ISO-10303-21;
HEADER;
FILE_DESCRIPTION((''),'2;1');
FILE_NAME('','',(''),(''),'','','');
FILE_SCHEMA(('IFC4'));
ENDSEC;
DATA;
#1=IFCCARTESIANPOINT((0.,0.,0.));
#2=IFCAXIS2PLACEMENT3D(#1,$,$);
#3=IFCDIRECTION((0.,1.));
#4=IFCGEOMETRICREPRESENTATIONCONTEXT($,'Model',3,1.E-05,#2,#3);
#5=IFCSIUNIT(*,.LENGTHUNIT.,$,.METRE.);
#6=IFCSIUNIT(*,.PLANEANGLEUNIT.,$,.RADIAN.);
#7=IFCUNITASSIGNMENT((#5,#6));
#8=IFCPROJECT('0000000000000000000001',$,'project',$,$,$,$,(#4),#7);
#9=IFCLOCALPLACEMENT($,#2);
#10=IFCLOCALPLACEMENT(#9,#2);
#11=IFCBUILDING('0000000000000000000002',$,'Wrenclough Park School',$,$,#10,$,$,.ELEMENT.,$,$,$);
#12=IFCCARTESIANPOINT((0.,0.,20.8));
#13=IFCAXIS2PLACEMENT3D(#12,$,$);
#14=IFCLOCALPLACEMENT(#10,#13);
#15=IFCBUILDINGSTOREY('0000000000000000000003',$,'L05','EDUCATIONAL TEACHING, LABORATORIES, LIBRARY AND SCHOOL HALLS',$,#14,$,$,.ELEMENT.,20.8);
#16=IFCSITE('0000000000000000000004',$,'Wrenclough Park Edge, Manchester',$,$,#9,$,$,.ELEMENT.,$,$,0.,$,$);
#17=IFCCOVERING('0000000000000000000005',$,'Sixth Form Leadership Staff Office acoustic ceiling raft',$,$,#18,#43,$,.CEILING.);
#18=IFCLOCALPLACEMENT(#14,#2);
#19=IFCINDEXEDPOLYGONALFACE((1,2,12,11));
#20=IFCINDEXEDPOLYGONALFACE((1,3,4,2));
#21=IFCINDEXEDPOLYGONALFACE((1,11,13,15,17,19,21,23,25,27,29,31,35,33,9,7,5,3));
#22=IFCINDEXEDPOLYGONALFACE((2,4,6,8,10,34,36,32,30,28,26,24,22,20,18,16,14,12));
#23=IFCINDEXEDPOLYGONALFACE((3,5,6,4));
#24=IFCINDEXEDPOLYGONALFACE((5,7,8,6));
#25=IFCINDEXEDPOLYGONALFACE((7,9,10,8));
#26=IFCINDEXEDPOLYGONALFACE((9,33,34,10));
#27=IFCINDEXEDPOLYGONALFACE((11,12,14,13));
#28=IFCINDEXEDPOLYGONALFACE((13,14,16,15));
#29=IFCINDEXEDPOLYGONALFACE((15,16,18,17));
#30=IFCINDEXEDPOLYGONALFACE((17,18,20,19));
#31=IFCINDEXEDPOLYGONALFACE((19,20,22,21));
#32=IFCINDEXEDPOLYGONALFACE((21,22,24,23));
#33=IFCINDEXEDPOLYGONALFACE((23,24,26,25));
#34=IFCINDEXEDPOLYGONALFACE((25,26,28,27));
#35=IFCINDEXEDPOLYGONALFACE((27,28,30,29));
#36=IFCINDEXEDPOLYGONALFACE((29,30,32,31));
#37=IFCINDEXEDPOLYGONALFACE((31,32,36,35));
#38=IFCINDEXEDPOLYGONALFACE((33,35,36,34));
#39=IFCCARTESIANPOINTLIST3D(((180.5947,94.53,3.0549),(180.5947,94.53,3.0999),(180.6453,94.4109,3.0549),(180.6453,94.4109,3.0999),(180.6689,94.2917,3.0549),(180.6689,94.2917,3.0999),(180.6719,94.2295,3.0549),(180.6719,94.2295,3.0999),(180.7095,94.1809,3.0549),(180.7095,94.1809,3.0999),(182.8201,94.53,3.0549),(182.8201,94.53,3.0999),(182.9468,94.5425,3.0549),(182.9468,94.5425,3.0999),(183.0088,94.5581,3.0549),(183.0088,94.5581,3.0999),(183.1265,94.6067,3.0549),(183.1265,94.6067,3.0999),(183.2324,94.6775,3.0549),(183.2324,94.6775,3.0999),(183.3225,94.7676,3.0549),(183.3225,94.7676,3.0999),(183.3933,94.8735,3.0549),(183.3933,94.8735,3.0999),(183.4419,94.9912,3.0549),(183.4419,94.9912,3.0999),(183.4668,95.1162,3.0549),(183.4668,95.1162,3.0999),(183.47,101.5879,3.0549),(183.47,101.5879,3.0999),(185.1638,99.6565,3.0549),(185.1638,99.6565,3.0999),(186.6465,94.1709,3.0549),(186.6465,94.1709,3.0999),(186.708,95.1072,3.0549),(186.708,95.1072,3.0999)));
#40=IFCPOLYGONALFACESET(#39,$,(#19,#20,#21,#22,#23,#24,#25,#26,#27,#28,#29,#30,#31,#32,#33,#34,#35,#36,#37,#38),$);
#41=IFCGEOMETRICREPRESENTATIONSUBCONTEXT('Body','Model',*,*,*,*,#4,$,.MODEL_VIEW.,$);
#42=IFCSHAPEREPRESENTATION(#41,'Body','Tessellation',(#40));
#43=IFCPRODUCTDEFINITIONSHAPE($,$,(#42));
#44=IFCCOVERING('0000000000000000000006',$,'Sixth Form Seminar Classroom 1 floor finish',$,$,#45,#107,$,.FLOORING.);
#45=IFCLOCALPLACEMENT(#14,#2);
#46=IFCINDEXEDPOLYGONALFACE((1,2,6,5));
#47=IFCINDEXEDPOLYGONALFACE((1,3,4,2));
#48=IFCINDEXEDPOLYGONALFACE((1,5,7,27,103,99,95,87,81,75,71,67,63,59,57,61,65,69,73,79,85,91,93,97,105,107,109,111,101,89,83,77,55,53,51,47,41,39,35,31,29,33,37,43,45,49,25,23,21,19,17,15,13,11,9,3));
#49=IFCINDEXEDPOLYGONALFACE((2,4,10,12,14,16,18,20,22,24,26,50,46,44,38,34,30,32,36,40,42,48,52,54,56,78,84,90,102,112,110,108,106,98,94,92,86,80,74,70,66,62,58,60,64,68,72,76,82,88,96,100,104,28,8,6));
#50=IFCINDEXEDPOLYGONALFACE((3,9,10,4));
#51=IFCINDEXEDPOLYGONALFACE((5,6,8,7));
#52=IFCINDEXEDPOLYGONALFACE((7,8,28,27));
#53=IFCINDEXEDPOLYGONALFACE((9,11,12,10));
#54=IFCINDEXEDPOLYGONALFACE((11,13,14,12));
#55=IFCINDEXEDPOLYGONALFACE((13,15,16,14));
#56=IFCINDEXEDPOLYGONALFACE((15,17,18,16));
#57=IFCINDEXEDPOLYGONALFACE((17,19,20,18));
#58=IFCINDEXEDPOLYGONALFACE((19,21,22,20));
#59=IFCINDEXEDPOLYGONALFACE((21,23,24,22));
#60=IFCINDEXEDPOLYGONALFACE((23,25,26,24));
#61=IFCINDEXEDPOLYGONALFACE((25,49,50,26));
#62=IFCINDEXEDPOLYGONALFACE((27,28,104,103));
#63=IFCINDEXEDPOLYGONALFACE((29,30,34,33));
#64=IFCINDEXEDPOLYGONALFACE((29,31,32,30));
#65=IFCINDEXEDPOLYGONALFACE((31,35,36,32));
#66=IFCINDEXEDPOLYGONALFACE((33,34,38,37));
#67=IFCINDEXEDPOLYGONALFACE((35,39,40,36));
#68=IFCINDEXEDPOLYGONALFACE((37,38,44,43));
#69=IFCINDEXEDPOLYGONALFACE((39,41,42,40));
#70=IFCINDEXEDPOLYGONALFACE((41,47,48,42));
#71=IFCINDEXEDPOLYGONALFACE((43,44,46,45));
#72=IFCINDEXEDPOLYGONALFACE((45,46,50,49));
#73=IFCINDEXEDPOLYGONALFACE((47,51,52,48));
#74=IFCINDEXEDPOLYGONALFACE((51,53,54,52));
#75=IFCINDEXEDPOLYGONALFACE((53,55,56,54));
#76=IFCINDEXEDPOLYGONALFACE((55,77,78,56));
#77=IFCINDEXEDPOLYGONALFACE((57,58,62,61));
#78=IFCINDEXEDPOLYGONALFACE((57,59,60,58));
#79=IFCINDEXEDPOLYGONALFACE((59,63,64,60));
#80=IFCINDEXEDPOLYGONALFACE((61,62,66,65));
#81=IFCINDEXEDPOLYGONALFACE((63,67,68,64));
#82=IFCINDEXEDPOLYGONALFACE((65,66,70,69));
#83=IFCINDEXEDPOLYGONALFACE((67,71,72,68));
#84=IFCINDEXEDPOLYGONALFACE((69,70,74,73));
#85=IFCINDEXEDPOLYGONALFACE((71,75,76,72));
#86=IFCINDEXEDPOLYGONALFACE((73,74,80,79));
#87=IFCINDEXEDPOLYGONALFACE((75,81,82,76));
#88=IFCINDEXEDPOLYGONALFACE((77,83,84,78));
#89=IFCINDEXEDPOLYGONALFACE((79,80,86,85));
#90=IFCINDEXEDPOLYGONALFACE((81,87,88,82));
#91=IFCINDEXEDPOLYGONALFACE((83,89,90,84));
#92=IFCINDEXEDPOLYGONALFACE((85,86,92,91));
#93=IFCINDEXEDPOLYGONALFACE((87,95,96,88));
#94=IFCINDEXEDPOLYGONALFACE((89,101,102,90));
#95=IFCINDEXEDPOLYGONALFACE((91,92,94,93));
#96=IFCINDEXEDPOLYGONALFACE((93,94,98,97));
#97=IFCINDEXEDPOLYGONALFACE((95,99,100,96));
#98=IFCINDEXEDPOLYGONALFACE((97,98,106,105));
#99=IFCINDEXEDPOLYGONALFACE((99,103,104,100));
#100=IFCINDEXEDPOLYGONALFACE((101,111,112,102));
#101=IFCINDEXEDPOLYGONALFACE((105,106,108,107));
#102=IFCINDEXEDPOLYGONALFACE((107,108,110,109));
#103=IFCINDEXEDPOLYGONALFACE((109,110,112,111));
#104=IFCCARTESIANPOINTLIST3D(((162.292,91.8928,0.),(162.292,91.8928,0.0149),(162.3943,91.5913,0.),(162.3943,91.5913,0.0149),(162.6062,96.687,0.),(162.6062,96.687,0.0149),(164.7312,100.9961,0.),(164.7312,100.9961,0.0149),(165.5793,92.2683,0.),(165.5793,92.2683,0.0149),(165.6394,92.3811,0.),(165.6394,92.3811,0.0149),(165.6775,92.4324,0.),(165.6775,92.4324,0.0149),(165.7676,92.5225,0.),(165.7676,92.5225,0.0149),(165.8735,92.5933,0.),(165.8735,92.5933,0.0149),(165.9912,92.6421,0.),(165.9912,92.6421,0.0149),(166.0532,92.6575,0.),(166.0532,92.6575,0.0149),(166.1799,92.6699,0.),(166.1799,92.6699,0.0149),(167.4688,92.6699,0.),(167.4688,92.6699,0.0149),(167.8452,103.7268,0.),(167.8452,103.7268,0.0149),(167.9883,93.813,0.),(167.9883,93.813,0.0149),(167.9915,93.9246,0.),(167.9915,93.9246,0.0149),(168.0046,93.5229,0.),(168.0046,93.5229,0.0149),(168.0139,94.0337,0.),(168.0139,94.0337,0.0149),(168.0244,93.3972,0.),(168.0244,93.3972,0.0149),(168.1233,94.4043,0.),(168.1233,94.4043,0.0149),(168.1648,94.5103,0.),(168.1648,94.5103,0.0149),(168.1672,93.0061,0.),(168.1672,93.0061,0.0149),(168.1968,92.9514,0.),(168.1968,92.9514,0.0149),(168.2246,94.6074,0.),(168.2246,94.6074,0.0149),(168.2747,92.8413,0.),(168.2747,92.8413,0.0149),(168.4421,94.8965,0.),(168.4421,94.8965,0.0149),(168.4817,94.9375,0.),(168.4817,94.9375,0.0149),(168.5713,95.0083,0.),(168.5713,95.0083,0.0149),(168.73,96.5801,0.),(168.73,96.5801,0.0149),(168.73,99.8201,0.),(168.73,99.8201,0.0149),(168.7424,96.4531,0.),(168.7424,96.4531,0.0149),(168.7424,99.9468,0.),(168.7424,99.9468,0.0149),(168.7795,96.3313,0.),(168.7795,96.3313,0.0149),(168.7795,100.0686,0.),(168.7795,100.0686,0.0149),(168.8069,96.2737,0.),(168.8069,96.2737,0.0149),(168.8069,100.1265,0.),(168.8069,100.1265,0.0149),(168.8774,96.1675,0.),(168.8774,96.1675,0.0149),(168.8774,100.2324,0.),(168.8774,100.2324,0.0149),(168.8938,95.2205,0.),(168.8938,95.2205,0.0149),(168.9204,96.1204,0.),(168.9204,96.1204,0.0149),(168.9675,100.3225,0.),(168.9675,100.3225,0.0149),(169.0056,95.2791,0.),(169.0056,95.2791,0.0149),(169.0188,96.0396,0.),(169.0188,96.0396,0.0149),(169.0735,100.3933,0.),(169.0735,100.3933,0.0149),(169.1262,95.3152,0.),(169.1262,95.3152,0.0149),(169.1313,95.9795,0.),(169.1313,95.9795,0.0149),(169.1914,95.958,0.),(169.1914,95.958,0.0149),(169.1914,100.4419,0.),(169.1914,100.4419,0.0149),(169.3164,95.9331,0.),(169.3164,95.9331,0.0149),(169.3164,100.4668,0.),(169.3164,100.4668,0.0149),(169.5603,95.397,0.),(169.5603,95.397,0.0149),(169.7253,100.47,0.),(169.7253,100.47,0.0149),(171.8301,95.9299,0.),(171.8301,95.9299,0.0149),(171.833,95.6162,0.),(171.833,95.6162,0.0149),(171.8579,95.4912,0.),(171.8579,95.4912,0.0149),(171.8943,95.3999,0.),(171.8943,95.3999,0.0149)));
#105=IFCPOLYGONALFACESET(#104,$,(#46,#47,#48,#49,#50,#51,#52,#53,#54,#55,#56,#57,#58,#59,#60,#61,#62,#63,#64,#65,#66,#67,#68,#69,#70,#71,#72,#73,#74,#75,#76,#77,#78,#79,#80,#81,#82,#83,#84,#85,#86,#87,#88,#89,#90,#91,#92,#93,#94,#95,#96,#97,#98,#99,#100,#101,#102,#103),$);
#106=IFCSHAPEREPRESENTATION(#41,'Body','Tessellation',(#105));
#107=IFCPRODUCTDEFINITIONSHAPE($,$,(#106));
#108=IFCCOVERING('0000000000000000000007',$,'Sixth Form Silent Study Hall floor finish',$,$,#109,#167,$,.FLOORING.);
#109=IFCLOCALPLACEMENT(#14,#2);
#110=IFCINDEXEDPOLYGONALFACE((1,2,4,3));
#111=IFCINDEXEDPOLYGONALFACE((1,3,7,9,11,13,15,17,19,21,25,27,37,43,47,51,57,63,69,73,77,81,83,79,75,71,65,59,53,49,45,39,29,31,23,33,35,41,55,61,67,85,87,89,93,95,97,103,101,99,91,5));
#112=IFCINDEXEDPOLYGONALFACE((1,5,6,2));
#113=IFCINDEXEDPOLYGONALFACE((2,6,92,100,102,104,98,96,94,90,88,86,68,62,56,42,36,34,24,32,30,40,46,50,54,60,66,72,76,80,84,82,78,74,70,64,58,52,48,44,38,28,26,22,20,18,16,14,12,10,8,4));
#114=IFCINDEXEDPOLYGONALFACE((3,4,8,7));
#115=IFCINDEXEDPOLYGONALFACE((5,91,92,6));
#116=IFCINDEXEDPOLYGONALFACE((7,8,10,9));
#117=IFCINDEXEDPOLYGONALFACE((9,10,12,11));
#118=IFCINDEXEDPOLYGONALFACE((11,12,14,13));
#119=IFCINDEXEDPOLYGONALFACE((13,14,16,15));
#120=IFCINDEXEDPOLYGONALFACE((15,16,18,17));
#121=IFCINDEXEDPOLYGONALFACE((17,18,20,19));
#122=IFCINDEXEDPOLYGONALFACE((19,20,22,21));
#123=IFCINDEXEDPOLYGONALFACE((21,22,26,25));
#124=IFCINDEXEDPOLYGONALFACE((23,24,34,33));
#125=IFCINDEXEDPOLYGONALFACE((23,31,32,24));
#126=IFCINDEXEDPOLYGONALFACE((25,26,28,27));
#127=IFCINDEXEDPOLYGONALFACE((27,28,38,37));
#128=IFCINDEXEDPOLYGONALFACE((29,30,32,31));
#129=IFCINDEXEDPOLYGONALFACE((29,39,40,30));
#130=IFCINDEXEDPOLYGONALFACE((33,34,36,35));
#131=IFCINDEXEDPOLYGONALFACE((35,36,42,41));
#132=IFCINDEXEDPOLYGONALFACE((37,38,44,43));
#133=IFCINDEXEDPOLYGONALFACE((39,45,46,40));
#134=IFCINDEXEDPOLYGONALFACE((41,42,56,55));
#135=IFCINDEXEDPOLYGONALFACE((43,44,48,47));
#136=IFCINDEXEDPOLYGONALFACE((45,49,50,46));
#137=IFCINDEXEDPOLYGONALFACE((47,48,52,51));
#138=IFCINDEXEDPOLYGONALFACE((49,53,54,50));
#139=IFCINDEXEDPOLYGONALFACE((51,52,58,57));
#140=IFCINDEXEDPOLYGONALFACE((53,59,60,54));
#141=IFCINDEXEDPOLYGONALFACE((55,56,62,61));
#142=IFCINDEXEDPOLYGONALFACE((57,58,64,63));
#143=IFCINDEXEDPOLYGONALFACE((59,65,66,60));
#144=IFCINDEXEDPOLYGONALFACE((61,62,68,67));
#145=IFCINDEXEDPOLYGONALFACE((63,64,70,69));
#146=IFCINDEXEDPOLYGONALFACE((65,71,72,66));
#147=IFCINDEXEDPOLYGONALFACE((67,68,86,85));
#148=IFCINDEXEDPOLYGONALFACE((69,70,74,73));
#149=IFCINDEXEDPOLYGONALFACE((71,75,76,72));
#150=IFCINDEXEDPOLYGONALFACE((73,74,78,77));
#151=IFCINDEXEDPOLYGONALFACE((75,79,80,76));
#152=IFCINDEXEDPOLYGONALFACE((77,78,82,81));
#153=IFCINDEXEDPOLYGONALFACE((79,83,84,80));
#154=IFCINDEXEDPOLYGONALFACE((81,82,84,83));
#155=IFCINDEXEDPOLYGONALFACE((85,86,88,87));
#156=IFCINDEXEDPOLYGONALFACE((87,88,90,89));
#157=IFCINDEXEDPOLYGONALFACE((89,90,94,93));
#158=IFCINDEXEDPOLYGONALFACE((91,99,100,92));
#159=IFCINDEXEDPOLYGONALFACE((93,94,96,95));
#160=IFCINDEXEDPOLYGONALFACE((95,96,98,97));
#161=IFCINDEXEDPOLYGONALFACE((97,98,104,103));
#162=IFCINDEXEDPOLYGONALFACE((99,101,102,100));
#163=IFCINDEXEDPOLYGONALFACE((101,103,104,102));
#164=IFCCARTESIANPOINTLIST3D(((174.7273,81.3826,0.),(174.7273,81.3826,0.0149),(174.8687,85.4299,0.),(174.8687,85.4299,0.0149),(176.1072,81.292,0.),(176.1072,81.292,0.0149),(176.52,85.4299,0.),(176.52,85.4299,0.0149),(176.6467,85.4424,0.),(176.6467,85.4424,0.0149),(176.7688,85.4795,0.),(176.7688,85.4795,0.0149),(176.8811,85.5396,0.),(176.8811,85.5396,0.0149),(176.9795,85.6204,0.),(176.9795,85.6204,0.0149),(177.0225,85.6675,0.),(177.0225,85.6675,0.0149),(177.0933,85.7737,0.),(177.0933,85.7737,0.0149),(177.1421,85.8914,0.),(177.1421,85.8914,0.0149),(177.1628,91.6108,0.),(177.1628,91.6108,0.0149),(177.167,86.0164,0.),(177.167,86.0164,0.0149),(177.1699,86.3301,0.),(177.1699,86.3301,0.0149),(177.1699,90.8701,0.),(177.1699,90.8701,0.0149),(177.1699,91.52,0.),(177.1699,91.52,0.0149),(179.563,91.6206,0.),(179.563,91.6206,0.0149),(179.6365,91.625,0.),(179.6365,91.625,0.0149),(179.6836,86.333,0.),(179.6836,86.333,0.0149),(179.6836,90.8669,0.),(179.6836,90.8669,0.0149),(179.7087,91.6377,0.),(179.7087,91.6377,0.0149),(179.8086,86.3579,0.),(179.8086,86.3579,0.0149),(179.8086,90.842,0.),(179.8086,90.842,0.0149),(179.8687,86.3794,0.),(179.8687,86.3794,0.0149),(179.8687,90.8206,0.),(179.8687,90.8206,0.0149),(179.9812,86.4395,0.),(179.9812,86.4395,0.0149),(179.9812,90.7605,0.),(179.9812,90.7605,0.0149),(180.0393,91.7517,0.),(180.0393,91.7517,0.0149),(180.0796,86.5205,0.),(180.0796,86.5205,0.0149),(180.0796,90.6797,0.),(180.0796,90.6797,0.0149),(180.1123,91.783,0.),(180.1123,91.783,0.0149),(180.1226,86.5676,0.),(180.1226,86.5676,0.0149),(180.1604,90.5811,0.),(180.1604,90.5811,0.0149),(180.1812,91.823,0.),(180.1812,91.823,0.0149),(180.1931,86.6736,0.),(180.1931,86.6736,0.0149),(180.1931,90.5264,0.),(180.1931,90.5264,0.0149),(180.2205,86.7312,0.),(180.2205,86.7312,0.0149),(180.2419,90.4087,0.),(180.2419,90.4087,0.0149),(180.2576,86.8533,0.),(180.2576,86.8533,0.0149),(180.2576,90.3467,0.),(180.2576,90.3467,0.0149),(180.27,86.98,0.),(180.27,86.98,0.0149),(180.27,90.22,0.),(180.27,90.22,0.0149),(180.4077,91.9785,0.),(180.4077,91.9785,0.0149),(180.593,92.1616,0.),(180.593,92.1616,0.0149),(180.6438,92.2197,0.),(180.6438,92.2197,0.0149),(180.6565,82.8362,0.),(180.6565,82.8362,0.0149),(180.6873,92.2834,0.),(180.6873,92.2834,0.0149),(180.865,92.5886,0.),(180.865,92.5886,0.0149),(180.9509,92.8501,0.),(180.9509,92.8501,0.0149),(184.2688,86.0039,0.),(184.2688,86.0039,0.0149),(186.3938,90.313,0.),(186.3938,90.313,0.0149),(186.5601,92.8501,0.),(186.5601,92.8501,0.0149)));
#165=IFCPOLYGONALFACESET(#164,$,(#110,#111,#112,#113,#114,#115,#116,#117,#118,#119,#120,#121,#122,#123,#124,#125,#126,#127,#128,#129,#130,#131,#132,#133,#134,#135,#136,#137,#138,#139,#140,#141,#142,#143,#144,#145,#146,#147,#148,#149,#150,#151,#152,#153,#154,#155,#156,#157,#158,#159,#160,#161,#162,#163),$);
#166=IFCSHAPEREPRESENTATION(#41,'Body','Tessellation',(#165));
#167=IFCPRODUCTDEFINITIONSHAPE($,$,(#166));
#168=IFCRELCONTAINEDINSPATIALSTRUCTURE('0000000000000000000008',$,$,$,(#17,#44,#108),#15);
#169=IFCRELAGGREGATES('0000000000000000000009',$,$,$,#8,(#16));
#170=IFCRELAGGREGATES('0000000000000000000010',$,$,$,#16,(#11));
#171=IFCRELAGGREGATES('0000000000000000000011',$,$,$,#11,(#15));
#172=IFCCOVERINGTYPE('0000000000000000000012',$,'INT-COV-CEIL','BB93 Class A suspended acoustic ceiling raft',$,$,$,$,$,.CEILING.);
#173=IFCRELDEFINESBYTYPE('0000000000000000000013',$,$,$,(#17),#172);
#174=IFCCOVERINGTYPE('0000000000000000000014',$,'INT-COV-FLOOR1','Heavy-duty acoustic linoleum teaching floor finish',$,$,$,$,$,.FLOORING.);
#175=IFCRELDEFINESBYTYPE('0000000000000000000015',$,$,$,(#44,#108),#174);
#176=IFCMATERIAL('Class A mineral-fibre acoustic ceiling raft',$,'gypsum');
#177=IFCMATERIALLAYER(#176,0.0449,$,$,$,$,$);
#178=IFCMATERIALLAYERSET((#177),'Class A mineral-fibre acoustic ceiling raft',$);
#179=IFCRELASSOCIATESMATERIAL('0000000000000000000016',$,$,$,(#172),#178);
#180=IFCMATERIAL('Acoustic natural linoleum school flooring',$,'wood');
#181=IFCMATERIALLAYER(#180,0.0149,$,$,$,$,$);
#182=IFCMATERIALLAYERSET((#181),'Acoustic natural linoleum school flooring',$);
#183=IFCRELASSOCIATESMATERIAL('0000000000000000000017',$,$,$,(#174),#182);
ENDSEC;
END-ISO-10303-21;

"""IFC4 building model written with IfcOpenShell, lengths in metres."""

from ifc_helpers import new_model, si_unit, direction, frame, origin, place, context, subcontext, project, spatial, polyline, outline, extrude, material, layer, layer_set, type_object, element, save


model = new_model("IFC4")

# Units and contexts
model_context = context("Model", 3, precision=1e-05, world=origin(), true_north=direction((0.0, 1.0)))
body_context = subcontext(model_context, "Body", "Model", "MODEL_VIEW")
ifc_project = project(units=[si_unit("LENGTHUNIT", "METRE"), si_unit("PLANEANGLEUNIT", "RADIAN")], contexts=[model_context])

# Site, building, storey
site_placement = place(None, origin())
site = spatial("IfcSite", under=ifc_project, at=site_placement, Name="Wrenclough Park Edge, Manchester", CompositionType="ELEMENT", RefElevation=0.0)
building_placement = place(site_placement, origin())
building = spatial("IfcBuilding", under=site, at=building_placement, Name="Wrenclough Park School", CompositionType="ELEMENT")
storey_placement = place(building_placement, frame((0.0, 0.0, 20.8)))
storey = spatial("IfcBuildingStorey", under=building, at=storey_placement, Name="L05", Description="EDUCATIONAL TEACHING, LABORATORIES, LIBRARY AND SCHOOL HALLS", CompositionType="ELEMENT", Elevation=20.8)

# Coverings
ifc_material_1 = material(Name="Class A mineral-fibre acoustic ceiling raft", Category="gypsum")
ifc_layer_1 = layer(ifc_material_1, 0.0449)
ifc_layer_set_1 = layer_set([ifc_layer_1], Name="Class A mineral-fibre acoustic ceiling raft")
covering_type_1 = type_object("IfcCoveringType", Name="INT-COV-CEIL", Description="BB93 Class A suspended acoustic ceiling raft", PredefinedType="CEILING", material=ifc_layer_set_1)
covering_1_placement = place(storey_placement, frame((0.0, 0.0, 3.0549)))
element("IfcCovering", 1, at=covering_1_placement, inside=storey, type_object=covering_type_1, Name="Sixth Form Leadership Staff Office acoustic ceiling raft", PredefinedType="CEILING", context=body_context, shape_type="SweptSolid", body=[
    extrude(outline(polyline([(182.8201, 94.53), (180.5947, 94.53), (180.6453, 94.4109), (180.6689, 94.2917), (180.6719, 94.2295), (180.7095, 94.1809), (186.6465, 94.1709), (186.708, 95.1072), (185.1638, 99.6565), (183.47, 101.5879), (183.4668, 95.1162), (183.4419, 94.9912), (183.3933, 94.8735), (183.3225, 94.7676), (183.2324, 94.6775), (183.1265, 94.6067), (183.0088, 94.5581), (182.9468, 94.5425), (182.8201, 94.53)])), origin(), (0.0, 0.0, 1.0), 0.0449),
])
ifc_material_2 = material(Name="Acoustic natural linoleum school flooring", Category="wood")
ifc_layer_2 = layer(ifc_material_2, 0.0149)
ifc_layer_set_2 = layer_set([ifc_layer_2], Name="Acoustic natural linoleum school flooring")
covering_type_2 = type_object("IfcCoveringType", Name="INT-COV-FLOOR1", Description="Heavy-duty acoustic linoleum teaching floor finish", PredefinedType="FLOORING", material=ifc_layer_set_2)
covering_2_placement = place(storey_placement, origin())
element("IfcCovering", 2, at=covering_2_placement, inside=storey, type_object=covering_type_2, Name="Sixth Form Seminar Classroom 1 floor finish", PredefinedType="FLOORING", context=body_context, shape_type="SweptSolid", body=[
    extrude(outline(polyline([(162.3943, 91.5913), (165.5793, 92.2683), (165.6394, 92.3811), (165.6775, 92.4324), (165.7676, 92.5225), (165.8735, 92.5933), (165.9912, 92.6421), (166.0532, 92.6575), (166.1799, 92.6699), (167.4688, 92.6699), (168.2747, 92.8413), (168.1968, 92.9514), (168.1672, 93.0061), (168.0244, 93.3972), (168.0046, 93.5229), (167.9883, 93.813), (167.9915, 93.9246), (168.0139, 94.0337), (168.1233, 94.4043), (168.1648, 94.5103), (168.2246, 94.6074), (168.4421, 94.8965), (168.4817, 94.9375), (168.5713, 95.0083), (168.8938, 95.2205), (169.0056, 95.2791), (169.1262, 95.3152), (169.5603, 95.397), (171.8943, 95.3999), (171.8579, 95.4912), (171.833, 95.6162), (171.8301, 95.9299), (169.3164, 95.9331), (169.1914, 95.958), (169.1313, 95.9795), (169.0188, 96.0396), (168.9204, 96.1204), (168.8774, 96.1675), (168.8069, 96.2737), (168.7795, 96.3313), (168.7424, 96.4531), (168.73, 96.5801), (168.73, 99.8201), (168.7424, 99.9468), (168.7795, 100.0686), (168.8069, 100.1265), (168.8774, 100.2324), (168.9675, 100.3225), (169.0735, 100.3933), (169.1914, 100.4419), (169.3164, 100.4668), (169.7253, 100.47), (167.8452, 103.7268), (164.7312, 100.9961), (162.6062, 96.687), (162.292, 91.8928), (162.3943, 91.5913)])), origin(), (0.0, 0.0, 1.0), 0.0149),
])
covering_3_placement = place(storey_placement, origin())
element("IfcCovering", 3, at=covering_3_placement, inside=storey, type_object=covering_type_2, Name="Sixth Form Silent Study Hall floor finish", PredefinedType="FLOORING", context=body_context, shape_type="SweptSolid", body=[
    extrude(outline(polyline([(179.563, 91.6206), (177.1628, 91.6108), (177.1699, 91.52), (177.1699, 90.8701), (179.6836, 90.8669), (179.8086, 90.842), (179.8687, 90.8206), (179.9812, 90.7605), (180.0796, 90.6797), (180.1604, 90.5811), (180.1931, 90.5264), (180.2419, 90.4087), (180.2576, 90.3467), (180.27, 90.22), (180.27, 86.98), (180.2576, 86.8533), (180.2205, 86.7312), (180.1931, 86.6736), (180.1226, 86.5676), (180.0796, 86.5205), (179.9812, 86.4395), (179.8687, 86.3794), (179.8086, 86.3579), (179.6836, 86.333), (177.1699, 86.3301), (177.167, 86.0164), (177.1421, 85.8914), (177.0933, 85.7737), (177.0225, 85.6675), (176.9795, 85.6204), (176.8811, 85.5396), (176.7688, 85.4795), (176.6467, 85.4424), (176.52, 85.4299), (174.8687, 85.4299), (174.7273, 81.3826), (176.1072, 81.292), (180.6565, 82.8362), (184.2688, 86.0039), (186.3938, 90.313), (186.5601, 92.8501), (180.9509, 92.8501), (180.865, 92.5886), (180.6873, 92.2834), (180.6438, 92.2197), (180.593, 92.1616), (180.4077, 91.9785), (180.1812, 91.823), (180.1123, 91.783), (180.0393, 91.7517), (179.7087, 91.6377), (179.6365, 91.625), (179.563, 91.6206)])), origin(), (0.0, 0.0, 1.0), 0.0149),
])

save(model, "model.ifc")
